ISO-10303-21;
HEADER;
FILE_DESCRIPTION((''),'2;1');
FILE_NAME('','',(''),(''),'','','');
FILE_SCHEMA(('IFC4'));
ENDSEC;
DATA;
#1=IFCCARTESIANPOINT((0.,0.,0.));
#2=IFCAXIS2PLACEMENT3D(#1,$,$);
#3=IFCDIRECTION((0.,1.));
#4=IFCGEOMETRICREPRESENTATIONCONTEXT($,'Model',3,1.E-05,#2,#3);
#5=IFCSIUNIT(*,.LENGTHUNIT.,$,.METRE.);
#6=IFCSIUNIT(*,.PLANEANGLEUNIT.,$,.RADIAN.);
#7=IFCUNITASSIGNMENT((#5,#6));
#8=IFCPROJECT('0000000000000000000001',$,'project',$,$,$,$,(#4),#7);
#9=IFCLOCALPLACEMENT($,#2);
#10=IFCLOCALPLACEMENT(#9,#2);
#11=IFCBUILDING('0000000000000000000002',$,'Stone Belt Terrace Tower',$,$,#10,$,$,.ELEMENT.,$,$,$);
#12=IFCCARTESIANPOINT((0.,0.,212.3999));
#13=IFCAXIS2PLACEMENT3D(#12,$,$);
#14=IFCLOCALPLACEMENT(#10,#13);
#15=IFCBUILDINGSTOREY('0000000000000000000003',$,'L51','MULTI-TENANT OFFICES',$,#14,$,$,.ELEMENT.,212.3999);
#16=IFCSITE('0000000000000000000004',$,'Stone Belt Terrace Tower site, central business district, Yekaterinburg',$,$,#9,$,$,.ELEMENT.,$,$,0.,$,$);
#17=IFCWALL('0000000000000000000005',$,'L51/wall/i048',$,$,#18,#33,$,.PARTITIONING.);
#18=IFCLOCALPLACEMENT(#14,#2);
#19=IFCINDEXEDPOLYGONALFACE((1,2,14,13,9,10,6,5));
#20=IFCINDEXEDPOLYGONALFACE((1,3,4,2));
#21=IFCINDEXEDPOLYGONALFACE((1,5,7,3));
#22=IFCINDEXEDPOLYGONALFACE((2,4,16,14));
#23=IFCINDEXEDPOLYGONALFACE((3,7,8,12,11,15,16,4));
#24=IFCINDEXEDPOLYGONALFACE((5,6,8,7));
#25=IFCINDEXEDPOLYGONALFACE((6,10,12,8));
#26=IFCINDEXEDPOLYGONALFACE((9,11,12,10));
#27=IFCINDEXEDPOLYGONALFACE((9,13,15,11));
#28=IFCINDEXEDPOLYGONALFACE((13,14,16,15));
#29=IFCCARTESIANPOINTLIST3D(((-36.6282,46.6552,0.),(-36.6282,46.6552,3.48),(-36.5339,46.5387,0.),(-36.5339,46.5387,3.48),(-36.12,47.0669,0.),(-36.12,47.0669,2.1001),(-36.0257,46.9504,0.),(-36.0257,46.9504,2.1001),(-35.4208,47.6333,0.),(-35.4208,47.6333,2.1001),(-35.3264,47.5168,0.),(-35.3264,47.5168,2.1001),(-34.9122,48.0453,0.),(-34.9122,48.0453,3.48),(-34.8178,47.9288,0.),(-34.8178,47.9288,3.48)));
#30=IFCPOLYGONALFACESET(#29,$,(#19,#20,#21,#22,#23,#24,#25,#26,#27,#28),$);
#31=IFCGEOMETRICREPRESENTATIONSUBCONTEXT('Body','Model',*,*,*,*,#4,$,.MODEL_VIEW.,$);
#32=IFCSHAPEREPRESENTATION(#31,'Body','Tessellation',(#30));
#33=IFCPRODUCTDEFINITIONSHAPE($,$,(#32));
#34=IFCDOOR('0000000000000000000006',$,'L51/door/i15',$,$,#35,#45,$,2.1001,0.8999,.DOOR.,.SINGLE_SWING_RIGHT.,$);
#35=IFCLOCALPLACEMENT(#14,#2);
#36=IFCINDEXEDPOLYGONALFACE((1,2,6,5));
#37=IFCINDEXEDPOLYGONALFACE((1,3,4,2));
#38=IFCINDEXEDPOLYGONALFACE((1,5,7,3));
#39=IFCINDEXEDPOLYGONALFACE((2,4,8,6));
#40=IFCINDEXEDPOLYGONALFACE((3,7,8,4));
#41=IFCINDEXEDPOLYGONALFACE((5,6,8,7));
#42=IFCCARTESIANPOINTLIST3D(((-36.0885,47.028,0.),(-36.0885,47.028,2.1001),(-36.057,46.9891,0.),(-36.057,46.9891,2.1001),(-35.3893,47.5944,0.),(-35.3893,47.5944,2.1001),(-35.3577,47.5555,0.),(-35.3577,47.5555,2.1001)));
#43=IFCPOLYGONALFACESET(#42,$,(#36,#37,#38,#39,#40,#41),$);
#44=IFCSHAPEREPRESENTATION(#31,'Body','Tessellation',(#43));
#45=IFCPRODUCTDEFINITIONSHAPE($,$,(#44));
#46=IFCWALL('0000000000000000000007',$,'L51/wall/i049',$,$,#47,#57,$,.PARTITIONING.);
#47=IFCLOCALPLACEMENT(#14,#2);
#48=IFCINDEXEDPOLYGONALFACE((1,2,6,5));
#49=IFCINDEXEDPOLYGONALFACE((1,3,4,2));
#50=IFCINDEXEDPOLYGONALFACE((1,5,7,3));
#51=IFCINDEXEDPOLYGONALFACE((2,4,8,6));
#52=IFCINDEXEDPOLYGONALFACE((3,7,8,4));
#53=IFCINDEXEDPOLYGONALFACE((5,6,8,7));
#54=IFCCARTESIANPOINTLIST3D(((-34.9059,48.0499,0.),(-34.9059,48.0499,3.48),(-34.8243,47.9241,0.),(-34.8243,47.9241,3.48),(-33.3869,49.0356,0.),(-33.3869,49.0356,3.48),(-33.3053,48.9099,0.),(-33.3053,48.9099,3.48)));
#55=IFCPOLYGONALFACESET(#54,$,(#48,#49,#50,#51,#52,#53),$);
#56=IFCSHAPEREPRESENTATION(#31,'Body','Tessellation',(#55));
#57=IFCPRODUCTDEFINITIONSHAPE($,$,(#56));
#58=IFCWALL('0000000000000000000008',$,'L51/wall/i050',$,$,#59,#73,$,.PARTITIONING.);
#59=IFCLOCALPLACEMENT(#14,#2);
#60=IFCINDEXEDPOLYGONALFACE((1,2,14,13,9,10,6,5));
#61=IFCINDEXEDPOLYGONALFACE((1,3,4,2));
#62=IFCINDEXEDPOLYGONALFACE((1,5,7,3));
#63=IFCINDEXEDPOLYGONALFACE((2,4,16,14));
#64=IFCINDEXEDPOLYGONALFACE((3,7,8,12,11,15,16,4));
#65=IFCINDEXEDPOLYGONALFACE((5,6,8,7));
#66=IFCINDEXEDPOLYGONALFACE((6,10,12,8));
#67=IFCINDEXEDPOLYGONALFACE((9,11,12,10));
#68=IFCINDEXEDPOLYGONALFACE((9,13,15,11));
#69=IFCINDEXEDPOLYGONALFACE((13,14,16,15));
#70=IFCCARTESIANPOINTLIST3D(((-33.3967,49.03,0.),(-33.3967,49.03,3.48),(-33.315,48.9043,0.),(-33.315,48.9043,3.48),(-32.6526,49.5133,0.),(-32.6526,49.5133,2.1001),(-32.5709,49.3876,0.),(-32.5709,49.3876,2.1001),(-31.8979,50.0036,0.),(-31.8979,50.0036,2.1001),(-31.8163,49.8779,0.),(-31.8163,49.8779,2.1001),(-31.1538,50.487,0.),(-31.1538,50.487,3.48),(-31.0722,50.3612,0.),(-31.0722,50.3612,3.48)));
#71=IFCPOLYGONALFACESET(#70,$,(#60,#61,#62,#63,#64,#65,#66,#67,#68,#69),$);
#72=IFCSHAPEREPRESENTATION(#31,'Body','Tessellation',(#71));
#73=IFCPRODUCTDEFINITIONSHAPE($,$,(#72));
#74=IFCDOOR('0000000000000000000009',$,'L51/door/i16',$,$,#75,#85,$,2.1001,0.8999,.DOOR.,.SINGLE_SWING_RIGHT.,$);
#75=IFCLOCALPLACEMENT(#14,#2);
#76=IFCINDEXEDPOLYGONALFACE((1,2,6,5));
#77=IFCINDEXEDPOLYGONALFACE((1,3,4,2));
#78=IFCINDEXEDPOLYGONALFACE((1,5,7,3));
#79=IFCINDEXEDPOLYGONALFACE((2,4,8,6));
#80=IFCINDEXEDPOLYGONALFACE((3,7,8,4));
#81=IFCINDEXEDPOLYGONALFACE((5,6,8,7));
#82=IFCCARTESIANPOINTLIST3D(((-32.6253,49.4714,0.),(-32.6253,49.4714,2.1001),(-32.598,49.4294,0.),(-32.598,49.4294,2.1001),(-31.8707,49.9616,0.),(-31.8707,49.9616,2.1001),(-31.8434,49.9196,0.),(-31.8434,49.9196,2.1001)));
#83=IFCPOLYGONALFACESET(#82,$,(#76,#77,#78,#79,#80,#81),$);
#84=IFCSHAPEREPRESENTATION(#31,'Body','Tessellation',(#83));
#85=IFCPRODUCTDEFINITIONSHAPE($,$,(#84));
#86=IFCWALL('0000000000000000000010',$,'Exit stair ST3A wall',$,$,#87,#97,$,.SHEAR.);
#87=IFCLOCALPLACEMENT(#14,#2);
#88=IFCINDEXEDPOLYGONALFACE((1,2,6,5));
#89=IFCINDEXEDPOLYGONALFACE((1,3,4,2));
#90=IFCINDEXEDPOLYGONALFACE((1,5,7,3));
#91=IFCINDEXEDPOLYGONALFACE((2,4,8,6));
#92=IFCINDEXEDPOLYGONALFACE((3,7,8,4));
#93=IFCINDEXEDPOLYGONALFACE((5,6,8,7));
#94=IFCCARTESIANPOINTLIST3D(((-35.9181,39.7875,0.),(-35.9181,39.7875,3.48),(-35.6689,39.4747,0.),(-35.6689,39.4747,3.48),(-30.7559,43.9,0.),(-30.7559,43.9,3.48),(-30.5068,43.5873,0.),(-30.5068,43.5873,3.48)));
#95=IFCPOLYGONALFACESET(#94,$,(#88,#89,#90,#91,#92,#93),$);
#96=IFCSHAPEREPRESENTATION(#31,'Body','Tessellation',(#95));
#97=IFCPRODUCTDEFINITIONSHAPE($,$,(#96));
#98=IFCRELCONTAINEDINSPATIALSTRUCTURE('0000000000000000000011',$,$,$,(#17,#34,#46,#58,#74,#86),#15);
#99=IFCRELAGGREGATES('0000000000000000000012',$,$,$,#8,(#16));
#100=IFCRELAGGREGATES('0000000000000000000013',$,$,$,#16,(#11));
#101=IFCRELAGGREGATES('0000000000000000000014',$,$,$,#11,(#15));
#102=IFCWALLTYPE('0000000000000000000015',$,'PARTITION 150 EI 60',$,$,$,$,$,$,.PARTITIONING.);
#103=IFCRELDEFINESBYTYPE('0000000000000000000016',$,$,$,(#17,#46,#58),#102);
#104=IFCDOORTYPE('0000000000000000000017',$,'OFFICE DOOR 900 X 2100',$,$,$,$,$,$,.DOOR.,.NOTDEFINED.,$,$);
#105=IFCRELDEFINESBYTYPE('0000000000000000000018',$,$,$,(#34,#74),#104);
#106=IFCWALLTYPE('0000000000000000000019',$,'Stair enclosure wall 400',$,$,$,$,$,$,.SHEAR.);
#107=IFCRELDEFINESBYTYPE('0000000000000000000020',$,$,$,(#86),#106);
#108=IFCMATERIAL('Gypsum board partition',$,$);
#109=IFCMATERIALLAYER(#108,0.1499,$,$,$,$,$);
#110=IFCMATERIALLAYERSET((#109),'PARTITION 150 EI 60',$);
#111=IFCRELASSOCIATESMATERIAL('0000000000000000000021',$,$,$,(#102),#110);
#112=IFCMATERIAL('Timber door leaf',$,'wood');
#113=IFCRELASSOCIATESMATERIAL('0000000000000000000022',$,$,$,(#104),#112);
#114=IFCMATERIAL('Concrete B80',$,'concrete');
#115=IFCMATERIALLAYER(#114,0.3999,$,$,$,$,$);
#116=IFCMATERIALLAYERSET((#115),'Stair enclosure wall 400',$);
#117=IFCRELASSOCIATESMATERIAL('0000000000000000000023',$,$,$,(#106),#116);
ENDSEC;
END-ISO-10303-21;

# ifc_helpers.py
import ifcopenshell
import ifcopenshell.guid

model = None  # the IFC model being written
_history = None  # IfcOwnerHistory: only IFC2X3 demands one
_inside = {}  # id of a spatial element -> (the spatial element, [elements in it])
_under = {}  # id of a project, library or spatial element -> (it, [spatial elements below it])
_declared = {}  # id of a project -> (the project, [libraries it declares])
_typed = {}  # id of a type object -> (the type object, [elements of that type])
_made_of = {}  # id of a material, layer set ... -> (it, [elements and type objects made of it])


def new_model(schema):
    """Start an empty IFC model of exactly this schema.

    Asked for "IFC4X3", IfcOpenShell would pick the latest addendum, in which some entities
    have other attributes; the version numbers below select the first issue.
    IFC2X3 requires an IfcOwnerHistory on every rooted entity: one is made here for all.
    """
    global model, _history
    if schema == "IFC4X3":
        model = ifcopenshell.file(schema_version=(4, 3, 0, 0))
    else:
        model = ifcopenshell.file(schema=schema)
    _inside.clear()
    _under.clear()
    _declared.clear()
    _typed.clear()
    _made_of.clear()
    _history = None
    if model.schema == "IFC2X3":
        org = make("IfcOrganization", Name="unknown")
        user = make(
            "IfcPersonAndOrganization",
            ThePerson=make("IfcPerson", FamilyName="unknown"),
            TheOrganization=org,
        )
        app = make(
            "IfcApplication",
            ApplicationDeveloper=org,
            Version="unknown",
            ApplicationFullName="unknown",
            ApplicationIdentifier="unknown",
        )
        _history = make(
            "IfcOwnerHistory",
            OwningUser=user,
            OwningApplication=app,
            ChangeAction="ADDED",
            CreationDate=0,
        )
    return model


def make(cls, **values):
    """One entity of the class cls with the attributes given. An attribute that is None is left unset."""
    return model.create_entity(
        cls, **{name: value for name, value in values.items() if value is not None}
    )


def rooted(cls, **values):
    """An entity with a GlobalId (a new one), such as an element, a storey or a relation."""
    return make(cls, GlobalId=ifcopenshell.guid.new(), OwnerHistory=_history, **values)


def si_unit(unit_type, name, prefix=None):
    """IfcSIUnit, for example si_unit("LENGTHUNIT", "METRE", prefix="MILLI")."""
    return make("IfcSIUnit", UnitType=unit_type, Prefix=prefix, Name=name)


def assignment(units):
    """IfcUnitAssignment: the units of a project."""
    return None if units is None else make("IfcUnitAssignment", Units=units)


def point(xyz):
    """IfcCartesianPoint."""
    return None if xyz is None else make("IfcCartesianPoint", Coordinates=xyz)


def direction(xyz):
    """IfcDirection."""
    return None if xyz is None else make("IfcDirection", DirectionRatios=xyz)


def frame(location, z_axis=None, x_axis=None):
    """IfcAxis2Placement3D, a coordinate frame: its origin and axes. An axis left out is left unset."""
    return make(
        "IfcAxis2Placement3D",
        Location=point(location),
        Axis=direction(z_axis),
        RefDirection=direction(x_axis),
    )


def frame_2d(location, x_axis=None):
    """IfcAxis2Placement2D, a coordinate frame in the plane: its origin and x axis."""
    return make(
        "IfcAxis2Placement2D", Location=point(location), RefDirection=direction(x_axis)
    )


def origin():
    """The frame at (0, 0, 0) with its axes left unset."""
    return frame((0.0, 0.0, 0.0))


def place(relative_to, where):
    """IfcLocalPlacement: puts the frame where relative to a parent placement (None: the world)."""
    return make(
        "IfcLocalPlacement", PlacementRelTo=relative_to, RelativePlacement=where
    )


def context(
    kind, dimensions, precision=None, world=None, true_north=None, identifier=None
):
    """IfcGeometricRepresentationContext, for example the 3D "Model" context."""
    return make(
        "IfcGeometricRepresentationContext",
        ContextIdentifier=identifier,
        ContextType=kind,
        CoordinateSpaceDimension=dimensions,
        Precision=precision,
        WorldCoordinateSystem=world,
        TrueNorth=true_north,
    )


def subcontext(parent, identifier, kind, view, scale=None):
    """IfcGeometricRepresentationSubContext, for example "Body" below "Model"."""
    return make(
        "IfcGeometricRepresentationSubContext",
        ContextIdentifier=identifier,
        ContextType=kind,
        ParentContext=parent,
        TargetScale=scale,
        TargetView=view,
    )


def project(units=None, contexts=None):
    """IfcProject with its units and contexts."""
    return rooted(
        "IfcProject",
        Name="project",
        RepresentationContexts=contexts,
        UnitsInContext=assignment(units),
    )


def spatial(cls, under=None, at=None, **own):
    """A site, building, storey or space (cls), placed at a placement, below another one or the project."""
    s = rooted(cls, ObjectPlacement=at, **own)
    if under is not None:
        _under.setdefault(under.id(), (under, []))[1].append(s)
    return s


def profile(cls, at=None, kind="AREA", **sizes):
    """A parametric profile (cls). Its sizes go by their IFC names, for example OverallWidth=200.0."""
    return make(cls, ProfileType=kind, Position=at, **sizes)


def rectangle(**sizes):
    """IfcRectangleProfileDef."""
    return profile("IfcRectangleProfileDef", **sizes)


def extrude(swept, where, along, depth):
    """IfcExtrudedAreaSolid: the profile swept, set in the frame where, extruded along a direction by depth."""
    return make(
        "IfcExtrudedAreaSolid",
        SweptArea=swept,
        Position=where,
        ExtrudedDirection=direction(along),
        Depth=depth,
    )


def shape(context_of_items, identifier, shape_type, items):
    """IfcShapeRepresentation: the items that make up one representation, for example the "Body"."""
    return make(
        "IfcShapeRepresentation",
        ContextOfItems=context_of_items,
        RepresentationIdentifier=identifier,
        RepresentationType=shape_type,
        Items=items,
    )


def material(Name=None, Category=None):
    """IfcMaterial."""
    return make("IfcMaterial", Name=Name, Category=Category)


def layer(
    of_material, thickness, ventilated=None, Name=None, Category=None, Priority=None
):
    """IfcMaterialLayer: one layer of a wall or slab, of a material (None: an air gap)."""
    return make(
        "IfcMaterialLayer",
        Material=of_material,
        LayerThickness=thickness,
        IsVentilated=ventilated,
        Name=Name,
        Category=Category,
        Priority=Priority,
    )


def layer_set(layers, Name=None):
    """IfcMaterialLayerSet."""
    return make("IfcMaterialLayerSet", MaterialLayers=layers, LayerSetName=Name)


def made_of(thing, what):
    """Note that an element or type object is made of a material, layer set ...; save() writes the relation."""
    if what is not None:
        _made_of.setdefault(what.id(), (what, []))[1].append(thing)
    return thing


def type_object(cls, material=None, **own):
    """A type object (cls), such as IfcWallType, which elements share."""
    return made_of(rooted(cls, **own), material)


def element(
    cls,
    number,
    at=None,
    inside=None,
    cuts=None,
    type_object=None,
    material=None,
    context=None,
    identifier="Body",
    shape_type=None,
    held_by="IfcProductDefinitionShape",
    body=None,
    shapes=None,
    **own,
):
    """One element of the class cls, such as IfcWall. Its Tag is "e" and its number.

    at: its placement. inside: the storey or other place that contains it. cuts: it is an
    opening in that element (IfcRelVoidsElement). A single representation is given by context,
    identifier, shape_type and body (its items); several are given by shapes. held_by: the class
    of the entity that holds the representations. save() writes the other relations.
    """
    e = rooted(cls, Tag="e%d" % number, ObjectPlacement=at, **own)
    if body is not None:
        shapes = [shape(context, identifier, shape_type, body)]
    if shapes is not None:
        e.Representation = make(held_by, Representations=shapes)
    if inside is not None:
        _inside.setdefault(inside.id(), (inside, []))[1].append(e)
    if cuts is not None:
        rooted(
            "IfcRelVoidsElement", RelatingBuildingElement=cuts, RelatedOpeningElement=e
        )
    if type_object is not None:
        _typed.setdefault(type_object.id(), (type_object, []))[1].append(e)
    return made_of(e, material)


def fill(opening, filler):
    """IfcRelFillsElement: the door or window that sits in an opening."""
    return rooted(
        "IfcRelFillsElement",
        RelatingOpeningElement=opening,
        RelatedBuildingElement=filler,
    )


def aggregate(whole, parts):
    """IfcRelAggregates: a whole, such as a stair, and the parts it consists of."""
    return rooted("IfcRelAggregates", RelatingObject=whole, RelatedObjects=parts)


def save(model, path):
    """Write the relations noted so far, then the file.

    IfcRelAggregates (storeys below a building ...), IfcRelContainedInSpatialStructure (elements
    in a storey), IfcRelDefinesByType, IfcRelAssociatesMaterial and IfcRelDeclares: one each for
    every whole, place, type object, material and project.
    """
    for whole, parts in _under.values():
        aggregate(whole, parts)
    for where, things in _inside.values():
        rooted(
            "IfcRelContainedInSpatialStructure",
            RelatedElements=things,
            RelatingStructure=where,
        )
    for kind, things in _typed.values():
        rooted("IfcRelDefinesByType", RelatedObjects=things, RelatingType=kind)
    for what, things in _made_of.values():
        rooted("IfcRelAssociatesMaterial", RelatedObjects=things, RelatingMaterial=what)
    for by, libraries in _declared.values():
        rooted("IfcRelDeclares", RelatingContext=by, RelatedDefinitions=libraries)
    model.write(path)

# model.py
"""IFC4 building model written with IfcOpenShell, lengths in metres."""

from ifc_helpers import new_model, si_unit, direction, frame, frame_2d, origin, place, context, subcontext, project, spatial, rectangle, extrude, material, layer, layer_set, type_object, element, fill, save


model = new_model("IFC4")

# Units and contexts
model_context = context("Model", 3, precision=1e-05, world=origin(), true_north=direction((0.0, 1.0)))
body_context = subcontext(model_context, "Body", "Model", "MODEL_VIEW")
ifc_project = project(units=[si_unit("LENGTHUNIT", "METRE"), si_unit("PLANEANGLEUNIT", "RADIAN")], contexts=[model_context])

# Site, building, storey
site_placement = place(None, origin())
site = spatial("IfcSite", under=ifc_project, at=site_placement, Name="Stone Belt Terrace Tower site, central business district, Yekaterinburg", CompositionType="ELEMENT", RefElevation=0.0)
building_placement = place(site_placement, origin())
building = spatial("IfcBuilding", under=site, at=building_placement, Name="Stone Belt Terrace Tower", CompositionType="ELEMENT")
storey_placement = place(building_placement, frame((0.0, 0.0, 212.3999)))
storey = spatial("IfcBuildingStorey", under=building, at=storey_placement, Name="L51", Description="MULTI-TENANT OFFICES", CompositionType="ELEMENT", Elevation=212.3999)

# Shared definitions
ifc_material_1 = material(Name="Concrete B80", Category="concrete")

# Shared definitions
ifc_material_2 = material(Name="Gypsum board partition")
ifc_layer_1 = layer(ifc_material_2, 0.1499)
ifc_layer_set_1 = layer_set([ifc_layer_1], Name="PARTITION 150 EI 60")
wall_type_1 = type_object("IfcWallType", Name="PARTITION 150 EI 60", PredefinedType="PARTITIONING", material=ifc_layer_set_1)

# Wall, opening, door
ifc_material_3 = material(Name="Timber door leaf", Category="wood")
door_type_1 = type_object("IfcDoorType", Name="OFFICE DOOR 900 X 2100", OperationType="NOTDEFINED", PredefinedType="DOOR", material=ifc_material_3)
wall_1_placement = place(storey_placement, frame((-36.5811, 46.5969, 0.0), z_axis=(0.0, 0.0, 1.0), x_axis=(0.777036, 0.629456, 0.0)))
wall_1 = element("IfcWall", 1, at=wall_1_placement, inside=storey, type_object=wall_type_1, Name="L51/wall/i048", PredefinedType="PARTITIONING", context=body_context, shape_type="SweptSolid", body=[
    extrude(rectangle(XDim=2.2085, YDim=0.1499, at=frame_2d((1.1042, 0.0))), origin(), (0.0, 0.0, 1.0), 3.48),
])
opening_1_placement = place(wall_1_placement, frame((0.6541, 0.0, 0.0)))
opening_1 = element("IfcOpeningElement", 2, at=opening_1_placement, cuts=wall_1, PredefinedType="OPENING", context=body_context, shape_type="SweptSolid", body=[
    extrude(rectangle(XDim=0.8999, YDim=2.1001, at=frame_2d((0.45, 1.05))), frame((0.0, 0.085, 0.0), z_axis=(0.0, -1.0, 0.0), x_axis=(1.0, 0.0, 0.0)), (0.0, 0.0, 1.0), 0.1699),
])
door_1_placement = place(opening_1_placement, origin())
door_1 = element("IfcDoor", 3, at=door_1_placement, inside=storey, type_object=door_type_1, Name="L51/door/i15", OperationType="SINGLE_SWING_RIGHT", OverallHeight=2.1001, OverallWidth=0.8999, PredefinedType="DOOR", context=body_context, shape_type="SweptSolid", body=[
    extrude(rectangle(XDim=0.8999, YDim=2.1001, at=frame_2d((0.45, 1.05))), frame((0.0, 0.0249, 0.0), z_axis=(0.0, -1.0, 0.0), x_axis=(1.0, 0.0, 0.0)), (0.0, 0.0, 1.0), 0.05),
])
fill(opening_1, door_1)

# Wall
wall_2_placement = place(storey_placement, frame((-34.865, 47.9871, 0.0), z_axis=(0.0, 0.0, 1.0), x_axis=(0.838832, 0.544391, 0.0)))
element("IfcWall", 4, at=wall_2_placement, inside=storey, type_object=wall_type_1, Name="L51/wall/i049", PredefinedType="PARTITIONING", context=body_context, shape_type="SweptSolid", body=[
    extrude(rectangle(XDim=1.8108, YDim=0.1499, at=frame_2d((0.9053, 0.0))), origin(), (0.0, 0.0, 1.0), 3.48),
])

# Wall, opening, door
wall_3_placement = place(storey_placement, frame((-33.356, 48.967, 0.0), z_axis=(0.0, 0.0, 1.0), x_axis=(0.838592, 0.544761, 0.0)))
wall_3 = element("IfcWall", 5, at=wall_3_placement, inside=storey, type_object=wall_type_1, Name="L51/wall/i050", PredefinedType="PARTITIONING", context=body_context, shape_type="SweptSolid", body=[
    extrude(rectangle(XDim=2.6746, YDim=0.1499, at=frame_2d((1.3374, 0.0))), origin(), (0.0, 0.0, 1.0), 3.48),
])
opening_2_placement = place(wall_3_placement, frame((0.8875, 0.0, 0.0)))
opening_2 = element("IfcOpeningElement", 6, at=opening_2_placement, cuts=wall_3, PredefinedType="OPENING", context=body_context, shape_type="SweptSolid", body=[
    extrude(rectangle(XDim=0.8999, YDim=2.1001, at=frame_2d((0.45, 1.05))), frame((0.0, 0.085, 0.0), z_axis=(0.0, -1.0, 0.0), x_axis=(1.0, 0.0, 0.0)), (0.0, 0.0, 1.0), 0.1699),
])
door_2_placement = place(opening_2_placement, origin())
door_2 = element("IfcDoor", 7, at=door_2_placement, inside=storey, type_object=door_type_1, Name="L51/door/i16", OperationType="SINGLE_SWING_RIGHT", OverallHeight=2.1001, OverallWidth=0.8999, PredefinedType="DOOR", context=body_context, shape_type="SweptSolid", body=[
    extrude(rectangle(XDim=0.8999, YDim=2.1001, at=frame_2d((0.45, 1.05))), frame((0.0, 0.0249, 0.0), z_axis=(0.0, -1.0, 0.0), x_axis=(1.0, 0.0, 0.0)), (0.0, 0.0, 1.0), 0.05),
])
fill(opening_2, door_2)

# Wall
ifc_layer_2 = layer(ifc_material_1, 0.3999)
ifc_layer_set_2 = layer_set([ifc_layer_2], Name="Stair enclosure wall 400")
wall_type_2 = type_object("IfcWallType", Name="Stair enclosure wall 400", PredefinedType="SHEAR", material=ifc_layer_set_2)
wall_4_placement = place(storey_placement, frame((-30.6313, 43.7437, 0.0), z_axis=(0.0, 0.0, 1.0), x_axis=(-0.782134, -0.62311, 0.0)))
element("IfcWall", 8, at=wall_4_placement, inside=storey, type_object=wall_type_2, Name="Exit stair ST3A wall", PredefinedType="SHEAR", context=body_context, shape_type="SweptSolid", body=[
    extrude(rectangle(XDim=6.6001, YDim=0.3999, at=frame_2d((3.3, 0.0))), origin(), (0.0, 0.0, 1.0), 3.48),
])

save(model, "model.ifc")
